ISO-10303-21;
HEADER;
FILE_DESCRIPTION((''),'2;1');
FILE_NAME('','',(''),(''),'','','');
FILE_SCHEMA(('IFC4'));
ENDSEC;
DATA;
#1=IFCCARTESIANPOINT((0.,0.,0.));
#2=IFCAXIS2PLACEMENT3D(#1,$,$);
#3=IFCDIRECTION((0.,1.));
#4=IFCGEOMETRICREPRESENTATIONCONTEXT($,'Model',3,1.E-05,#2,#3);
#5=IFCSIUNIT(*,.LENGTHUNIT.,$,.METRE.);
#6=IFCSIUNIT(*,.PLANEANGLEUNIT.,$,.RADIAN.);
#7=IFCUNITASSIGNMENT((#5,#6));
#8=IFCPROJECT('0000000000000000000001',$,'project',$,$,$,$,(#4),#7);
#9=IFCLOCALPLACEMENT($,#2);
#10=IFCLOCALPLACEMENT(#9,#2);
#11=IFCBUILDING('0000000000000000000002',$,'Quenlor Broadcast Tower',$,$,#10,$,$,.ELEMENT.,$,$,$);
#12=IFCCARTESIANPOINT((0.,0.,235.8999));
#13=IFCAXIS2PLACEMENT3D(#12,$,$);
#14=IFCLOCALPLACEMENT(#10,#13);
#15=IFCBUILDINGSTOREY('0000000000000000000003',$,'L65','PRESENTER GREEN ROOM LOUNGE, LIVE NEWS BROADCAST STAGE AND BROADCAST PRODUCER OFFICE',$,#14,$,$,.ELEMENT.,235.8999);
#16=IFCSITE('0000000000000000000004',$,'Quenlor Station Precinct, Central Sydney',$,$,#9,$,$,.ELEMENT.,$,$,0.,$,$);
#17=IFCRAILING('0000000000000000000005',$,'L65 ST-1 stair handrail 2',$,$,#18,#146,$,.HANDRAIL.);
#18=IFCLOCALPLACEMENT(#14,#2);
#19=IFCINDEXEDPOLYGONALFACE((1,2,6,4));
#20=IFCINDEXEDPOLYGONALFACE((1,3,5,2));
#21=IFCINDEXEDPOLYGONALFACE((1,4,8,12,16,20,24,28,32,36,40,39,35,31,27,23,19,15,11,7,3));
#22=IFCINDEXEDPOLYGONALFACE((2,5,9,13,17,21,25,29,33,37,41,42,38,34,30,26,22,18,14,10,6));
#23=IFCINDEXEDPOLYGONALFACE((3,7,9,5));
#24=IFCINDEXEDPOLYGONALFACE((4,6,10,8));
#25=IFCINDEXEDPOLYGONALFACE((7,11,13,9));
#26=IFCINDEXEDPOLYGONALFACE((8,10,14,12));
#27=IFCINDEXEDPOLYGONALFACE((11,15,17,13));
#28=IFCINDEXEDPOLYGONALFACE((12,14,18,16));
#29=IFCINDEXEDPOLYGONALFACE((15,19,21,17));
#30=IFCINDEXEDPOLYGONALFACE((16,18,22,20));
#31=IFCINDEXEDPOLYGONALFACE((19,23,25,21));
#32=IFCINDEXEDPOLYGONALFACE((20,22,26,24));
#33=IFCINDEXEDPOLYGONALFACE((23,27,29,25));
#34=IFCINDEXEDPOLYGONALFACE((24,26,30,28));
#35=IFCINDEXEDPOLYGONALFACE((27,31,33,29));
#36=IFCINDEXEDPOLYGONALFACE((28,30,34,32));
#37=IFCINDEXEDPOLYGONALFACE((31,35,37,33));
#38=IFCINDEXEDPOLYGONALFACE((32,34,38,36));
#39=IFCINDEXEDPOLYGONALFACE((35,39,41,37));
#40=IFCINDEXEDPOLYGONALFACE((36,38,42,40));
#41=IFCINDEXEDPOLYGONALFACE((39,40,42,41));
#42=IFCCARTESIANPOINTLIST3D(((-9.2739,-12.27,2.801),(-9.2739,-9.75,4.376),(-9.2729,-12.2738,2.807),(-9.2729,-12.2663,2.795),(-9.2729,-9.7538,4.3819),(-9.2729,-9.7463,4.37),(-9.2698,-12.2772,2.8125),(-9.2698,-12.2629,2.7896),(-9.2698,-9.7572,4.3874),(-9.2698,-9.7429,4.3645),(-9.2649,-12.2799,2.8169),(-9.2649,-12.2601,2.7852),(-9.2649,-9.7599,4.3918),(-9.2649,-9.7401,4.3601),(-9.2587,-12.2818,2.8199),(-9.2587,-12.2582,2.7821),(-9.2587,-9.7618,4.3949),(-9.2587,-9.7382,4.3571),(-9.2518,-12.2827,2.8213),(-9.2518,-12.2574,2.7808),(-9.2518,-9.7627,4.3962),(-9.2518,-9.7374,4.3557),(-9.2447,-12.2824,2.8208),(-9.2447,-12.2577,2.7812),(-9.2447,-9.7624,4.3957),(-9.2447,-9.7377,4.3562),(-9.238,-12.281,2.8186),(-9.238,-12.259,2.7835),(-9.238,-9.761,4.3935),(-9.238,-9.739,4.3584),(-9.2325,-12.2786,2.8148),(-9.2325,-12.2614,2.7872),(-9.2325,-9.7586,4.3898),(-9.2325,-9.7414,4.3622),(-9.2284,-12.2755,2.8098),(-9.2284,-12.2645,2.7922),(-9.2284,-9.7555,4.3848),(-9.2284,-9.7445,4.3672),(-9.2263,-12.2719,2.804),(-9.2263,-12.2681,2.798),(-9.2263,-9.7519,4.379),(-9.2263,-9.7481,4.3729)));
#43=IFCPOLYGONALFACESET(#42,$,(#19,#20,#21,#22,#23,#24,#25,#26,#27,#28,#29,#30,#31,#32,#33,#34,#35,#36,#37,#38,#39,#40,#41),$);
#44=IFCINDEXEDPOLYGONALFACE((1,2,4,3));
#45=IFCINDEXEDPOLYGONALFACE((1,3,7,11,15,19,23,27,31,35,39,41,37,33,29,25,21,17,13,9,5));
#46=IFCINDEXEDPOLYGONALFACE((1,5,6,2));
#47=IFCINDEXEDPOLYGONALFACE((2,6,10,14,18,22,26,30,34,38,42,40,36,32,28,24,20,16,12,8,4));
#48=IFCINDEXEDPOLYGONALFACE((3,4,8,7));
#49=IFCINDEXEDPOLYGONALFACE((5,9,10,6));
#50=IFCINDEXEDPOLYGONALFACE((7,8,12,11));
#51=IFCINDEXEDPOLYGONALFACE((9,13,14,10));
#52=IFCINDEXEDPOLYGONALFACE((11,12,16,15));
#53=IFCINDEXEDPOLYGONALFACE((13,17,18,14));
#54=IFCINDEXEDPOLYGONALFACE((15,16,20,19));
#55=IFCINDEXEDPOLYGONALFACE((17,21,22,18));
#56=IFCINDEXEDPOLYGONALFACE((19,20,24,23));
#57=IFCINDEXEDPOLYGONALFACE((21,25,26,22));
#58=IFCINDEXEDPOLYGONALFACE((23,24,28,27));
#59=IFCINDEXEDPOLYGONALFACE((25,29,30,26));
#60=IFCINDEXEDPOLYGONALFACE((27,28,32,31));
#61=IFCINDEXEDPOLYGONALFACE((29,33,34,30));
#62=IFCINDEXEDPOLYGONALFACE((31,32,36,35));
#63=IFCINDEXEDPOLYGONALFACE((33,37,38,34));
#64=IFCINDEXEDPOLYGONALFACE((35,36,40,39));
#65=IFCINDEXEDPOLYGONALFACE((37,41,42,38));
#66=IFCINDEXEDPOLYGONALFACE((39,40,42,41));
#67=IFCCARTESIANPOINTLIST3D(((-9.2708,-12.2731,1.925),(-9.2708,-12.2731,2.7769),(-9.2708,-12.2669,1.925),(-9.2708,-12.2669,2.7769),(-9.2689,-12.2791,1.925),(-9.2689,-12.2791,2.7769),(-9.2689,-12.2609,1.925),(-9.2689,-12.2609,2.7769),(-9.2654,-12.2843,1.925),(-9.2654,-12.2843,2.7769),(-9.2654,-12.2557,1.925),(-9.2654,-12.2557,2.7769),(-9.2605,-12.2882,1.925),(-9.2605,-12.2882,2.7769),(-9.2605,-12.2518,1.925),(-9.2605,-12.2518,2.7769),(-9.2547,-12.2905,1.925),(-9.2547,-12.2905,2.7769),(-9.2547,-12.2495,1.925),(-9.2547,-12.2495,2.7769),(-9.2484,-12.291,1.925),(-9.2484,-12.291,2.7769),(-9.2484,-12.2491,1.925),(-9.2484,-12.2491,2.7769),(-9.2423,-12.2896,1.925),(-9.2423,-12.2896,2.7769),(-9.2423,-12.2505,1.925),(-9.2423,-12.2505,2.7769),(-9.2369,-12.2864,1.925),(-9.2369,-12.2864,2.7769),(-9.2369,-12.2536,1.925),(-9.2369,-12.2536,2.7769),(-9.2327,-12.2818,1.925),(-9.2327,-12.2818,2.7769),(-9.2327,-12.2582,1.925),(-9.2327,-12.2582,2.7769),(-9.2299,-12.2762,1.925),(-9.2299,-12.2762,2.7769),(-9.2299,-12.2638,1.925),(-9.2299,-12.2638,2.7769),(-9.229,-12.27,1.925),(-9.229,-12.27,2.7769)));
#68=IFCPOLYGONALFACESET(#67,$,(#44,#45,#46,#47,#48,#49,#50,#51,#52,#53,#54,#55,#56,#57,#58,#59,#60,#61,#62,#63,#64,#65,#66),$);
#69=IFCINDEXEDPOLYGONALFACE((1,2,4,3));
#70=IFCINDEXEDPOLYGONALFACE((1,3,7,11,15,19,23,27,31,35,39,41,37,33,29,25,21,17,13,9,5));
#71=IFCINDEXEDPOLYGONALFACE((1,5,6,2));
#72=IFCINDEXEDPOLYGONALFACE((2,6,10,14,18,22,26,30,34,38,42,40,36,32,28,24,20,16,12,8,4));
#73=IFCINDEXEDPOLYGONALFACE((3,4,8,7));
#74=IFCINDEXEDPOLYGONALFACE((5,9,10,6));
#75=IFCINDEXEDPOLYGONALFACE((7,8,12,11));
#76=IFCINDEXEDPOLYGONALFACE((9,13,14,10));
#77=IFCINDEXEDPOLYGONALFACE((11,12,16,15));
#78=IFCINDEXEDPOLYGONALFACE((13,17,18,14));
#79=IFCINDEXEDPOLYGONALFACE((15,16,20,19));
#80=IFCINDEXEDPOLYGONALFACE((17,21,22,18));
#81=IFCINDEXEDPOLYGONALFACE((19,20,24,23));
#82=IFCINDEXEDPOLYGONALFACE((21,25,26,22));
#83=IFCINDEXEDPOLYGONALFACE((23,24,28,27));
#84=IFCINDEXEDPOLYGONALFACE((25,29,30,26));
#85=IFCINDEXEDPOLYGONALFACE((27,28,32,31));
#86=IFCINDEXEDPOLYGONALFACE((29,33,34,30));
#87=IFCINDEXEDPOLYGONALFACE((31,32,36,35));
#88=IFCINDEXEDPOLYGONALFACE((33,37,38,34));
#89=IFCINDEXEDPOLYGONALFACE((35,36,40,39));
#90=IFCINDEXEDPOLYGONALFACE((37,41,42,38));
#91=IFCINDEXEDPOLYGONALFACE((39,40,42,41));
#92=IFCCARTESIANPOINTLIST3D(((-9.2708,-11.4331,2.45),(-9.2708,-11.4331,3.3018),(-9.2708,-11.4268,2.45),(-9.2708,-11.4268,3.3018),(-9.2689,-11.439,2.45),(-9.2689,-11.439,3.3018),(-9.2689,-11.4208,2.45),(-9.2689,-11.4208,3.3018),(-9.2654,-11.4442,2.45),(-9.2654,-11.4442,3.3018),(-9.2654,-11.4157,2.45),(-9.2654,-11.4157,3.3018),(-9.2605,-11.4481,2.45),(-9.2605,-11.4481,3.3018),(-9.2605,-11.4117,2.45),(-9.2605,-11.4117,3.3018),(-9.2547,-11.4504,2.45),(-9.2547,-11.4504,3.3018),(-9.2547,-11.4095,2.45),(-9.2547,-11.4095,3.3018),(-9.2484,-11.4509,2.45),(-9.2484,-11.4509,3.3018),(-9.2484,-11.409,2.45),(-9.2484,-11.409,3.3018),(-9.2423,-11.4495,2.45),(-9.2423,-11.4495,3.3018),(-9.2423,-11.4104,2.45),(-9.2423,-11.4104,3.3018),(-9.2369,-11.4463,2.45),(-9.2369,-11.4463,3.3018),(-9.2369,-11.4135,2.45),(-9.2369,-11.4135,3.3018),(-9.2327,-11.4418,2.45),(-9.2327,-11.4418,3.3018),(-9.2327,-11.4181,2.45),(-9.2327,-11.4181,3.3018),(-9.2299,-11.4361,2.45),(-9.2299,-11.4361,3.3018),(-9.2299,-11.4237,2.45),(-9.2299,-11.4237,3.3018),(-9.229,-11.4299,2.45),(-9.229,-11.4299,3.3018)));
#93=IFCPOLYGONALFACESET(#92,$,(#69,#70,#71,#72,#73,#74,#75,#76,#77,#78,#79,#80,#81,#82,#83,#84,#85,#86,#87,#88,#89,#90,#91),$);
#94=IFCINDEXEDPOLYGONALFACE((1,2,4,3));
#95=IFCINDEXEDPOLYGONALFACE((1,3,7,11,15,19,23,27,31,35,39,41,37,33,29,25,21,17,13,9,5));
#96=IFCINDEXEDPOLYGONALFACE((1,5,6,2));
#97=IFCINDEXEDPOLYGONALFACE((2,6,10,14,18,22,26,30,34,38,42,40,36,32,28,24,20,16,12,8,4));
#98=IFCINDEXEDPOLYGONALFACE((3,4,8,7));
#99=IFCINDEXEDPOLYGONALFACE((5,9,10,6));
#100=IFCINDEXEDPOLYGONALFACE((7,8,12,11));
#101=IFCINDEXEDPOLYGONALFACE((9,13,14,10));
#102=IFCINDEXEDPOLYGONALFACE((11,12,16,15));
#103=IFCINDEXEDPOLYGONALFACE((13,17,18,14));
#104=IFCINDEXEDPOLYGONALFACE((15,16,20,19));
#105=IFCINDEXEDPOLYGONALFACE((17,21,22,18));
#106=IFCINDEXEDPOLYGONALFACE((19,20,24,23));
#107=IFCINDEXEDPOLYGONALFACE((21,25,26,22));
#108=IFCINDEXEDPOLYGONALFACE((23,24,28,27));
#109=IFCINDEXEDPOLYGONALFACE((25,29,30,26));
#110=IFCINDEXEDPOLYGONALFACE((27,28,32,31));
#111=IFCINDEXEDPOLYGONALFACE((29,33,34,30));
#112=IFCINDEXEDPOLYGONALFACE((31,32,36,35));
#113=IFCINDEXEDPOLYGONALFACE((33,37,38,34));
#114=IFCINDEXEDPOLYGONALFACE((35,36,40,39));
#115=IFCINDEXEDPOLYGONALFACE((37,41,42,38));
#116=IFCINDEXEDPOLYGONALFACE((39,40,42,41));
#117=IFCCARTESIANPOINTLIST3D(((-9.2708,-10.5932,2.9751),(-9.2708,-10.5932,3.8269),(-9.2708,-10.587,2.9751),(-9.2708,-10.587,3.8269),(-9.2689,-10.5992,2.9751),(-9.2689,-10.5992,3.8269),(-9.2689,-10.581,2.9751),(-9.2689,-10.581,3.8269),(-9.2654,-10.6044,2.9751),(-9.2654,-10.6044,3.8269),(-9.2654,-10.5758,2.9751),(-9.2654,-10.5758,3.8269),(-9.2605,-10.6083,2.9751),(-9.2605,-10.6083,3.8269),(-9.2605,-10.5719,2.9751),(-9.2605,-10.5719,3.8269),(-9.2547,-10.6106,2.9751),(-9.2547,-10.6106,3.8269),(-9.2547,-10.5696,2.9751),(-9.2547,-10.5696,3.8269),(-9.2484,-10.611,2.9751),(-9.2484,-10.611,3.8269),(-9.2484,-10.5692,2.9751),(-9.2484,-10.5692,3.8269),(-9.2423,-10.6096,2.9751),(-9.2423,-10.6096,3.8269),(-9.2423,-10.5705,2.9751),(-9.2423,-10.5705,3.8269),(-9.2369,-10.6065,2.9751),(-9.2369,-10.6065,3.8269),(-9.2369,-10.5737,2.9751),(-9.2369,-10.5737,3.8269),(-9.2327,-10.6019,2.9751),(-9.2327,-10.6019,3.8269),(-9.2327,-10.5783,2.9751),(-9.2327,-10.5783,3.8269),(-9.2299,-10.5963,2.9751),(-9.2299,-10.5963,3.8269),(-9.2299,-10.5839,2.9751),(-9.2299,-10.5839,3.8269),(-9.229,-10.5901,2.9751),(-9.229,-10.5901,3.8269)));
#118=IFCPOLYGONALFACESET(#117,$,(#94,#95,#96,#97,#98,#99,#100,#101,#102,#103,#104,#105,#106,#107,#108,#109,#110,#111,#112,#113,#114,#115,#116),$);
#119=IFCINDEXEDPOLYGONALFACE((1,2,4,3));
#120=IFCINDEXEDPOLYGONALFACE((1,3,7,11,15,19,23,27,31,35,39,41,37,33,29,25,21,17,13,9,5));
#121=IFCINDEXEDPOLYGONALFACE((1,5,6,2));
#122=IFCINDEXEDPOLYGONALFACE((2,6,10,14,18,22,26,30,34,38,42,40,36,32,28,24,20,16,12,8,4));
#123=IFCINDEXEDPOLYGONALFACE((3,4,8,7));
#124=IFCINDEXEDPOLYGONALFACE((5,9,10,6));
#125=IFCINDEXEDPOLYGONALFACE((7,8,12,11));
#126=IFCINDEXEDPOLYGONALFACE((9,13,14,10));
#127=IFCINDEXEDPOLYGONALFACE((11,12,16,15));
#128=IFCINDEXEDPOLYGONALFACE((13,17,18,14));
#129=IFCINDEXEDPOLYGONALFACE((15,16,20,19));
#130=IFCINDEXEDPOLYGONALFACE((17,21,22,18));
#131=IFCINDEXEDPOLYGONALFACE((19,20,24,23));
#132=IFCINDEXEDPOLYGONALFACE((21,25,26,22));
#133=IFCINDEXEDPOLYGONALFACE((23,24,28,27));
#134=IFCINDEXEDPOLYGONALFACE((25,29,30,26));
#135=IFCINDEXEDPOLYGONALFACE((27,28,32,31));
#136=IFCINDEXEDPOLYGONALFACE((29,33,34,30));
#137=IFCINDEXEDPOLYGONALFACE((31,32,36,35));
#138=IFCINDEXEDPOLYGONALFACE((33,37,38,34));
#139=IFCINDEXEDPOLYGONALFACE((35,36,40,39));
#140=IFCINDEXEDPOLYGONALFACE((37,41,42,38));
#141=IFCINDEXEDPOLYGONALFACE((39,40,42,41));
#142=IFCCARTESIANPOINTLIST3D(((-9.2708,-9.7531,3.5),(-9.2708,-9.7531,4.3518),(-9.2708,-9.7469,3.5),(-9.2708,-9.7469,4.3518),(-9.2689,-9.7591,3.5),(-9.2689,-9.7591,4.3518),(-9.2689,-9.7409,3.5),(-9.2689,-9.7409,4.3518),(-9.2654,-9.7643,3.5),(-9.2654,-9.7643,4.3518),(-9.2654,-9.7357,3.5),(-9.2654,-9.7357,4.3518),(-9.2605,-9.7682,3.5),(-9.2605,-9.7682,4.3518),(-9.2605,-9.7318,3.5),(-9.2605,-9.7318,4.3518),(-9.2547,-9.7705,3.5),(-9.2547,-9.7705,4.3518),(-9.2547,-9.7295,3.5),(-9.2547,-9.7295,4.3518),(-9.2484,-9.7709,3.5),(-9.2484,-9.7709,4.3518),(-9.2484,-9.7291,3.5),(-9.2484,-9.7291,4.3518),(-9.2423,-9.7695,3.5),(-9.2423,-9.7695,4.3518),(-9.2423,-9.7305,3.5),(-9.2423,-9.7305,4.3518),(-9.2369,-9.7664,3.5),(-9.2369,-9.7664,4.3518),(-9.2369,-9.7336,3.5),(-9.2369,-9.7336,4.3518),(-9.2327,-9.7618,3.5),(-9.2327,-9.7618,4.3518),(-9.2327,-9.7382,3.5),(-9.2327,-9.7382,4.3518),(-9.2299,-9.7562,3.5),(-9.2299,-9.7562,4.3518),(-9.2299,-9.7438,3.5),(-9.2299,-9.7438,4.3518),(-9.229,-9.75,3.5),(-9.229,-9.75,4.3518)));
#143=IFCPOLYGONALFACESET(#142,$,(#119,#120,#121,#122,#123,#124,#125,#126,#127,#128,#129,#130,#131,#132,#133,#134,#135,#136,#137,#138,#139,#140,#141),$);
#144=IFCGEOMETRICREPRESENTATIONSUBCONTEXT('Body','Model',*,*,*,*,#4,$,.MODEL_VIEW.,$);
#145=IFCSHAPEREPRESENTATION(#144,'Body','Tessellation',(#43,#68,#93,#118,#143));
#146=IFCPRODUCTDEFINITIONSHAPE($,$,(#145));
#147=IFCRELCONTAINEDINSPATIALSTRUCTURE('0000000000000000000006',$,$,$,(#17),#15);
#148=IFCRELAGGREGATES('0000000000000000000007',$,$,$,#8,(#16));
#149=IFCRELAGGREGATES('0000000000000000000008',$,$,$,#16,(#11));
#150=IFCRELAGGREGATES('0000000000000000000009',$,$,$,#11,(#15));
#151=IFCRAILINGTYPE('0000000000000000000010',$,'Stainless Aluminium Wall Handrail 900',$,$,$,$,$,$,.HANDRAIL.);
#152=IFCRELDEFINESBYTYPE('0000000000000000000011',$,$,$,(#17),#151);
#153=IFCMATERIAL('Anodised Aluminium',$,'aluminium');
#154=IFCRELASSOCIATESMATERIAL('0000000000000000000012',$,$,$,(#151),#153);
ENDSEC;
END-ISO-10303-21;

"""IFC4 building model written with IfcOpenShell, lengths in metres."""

from ifc_helpers import new_model, si_unit, direction, frame, origin, origin_2d, place, context, subcontext, project, spatial, circle, extrude, material, type_object, element, save


model = new_model("IFC4")

# Units and contexts
model_context = context("Model", 3, precision=1e-05, world=origin(), true_north=direction((0.0, 1.0)))
body_context = subcontext(model_context, "Body", "Model", "MODEL_VIEW")
ifc_project = project(units=[si_unit("LENGTHUNIT", "METRE"), si_unit("PLANEANGLEUNIT", "RADIAN")], contexts=[model_context])

# Site, building, storey
site_placement = place(None, origin())
site = spatial("IfcSite", under=ifc_project, at=site_placement, Name="Quenlor Station Precinct, Central Sydney", CompositionType="ELEMENT", RefElevation=0.0)
building_placement = place(site_placement, origin())
building = spatial("IfcBuilding", under=site, at=building_placement, Name="Quenlor Broadcast Tower", CompositionType="ELEMENT")
storey_placement = place(building_placement, frame((0.0, 0.0, 235.8999)))
storey = spatial("IfcBuildingStorey", under=building, at=storey_placement, Name="L65", Description="PRESENTER GREEN ROOM LOUNGE, LIVE NEWS BROADCAST STAGE AND BROADCAST PRODUCER OFFICE", CompositionType="ELEMENT", Elevation=235.8999)

# Railing
ifc_material_1 = material(Name="Anodised Aluminium", Category="aluminium")
railing_type_1 = type_object("IfcRailingType", Name="Stainless Aluminium Wall Handrail 900", PredefinedType="HANDRAIL", material=ifc_material_1)
railing_1_placement = place(storey_placement, frame((-9.25, -12.27, 1.925)))
element("IfcRailing", 1, at=railing_1_placement, inside=storey, type_object=railing_type_1, Name="L65 ST-1 stair handrail 2", PredefinedType="HANDRAIL", context=body_context, shape_type="SweptSolid", body=[
    extrude(circle(Radius=0.0239, at=origin_2d()), frame((0.0, 0.0, 0.876), z_axis=(0.0, 0.848008, 0.529984), x_axis=(-1.0, 0.0, 0.0)), (0.0, 0.0, 1.0), 2.9717),
    extrude(circle(Radius=0.021, at=origin_2d()), origin(), (0.0, 0.0, 1.0), 0.8518),
    extrude(circle(Radius=0.021, at=origin_2d()), frame((0.0, 0.8401, 0.5249)), (0.0, 0.0, 1.0), 0.8518),
    extrude(circle(Radius=0.021, at=origin_2d()), frame((0.0, 1.6799, 1.05)), (0.0, 0.0, 1.0), 0.8518),
    extrude(circle(Radius=0.021, at=origin_2d()), frame((0.0, 2.52, 1.575)), (0.0, 0.0, 1.0), 0.8518),
])

save(model, "model.ifc")
